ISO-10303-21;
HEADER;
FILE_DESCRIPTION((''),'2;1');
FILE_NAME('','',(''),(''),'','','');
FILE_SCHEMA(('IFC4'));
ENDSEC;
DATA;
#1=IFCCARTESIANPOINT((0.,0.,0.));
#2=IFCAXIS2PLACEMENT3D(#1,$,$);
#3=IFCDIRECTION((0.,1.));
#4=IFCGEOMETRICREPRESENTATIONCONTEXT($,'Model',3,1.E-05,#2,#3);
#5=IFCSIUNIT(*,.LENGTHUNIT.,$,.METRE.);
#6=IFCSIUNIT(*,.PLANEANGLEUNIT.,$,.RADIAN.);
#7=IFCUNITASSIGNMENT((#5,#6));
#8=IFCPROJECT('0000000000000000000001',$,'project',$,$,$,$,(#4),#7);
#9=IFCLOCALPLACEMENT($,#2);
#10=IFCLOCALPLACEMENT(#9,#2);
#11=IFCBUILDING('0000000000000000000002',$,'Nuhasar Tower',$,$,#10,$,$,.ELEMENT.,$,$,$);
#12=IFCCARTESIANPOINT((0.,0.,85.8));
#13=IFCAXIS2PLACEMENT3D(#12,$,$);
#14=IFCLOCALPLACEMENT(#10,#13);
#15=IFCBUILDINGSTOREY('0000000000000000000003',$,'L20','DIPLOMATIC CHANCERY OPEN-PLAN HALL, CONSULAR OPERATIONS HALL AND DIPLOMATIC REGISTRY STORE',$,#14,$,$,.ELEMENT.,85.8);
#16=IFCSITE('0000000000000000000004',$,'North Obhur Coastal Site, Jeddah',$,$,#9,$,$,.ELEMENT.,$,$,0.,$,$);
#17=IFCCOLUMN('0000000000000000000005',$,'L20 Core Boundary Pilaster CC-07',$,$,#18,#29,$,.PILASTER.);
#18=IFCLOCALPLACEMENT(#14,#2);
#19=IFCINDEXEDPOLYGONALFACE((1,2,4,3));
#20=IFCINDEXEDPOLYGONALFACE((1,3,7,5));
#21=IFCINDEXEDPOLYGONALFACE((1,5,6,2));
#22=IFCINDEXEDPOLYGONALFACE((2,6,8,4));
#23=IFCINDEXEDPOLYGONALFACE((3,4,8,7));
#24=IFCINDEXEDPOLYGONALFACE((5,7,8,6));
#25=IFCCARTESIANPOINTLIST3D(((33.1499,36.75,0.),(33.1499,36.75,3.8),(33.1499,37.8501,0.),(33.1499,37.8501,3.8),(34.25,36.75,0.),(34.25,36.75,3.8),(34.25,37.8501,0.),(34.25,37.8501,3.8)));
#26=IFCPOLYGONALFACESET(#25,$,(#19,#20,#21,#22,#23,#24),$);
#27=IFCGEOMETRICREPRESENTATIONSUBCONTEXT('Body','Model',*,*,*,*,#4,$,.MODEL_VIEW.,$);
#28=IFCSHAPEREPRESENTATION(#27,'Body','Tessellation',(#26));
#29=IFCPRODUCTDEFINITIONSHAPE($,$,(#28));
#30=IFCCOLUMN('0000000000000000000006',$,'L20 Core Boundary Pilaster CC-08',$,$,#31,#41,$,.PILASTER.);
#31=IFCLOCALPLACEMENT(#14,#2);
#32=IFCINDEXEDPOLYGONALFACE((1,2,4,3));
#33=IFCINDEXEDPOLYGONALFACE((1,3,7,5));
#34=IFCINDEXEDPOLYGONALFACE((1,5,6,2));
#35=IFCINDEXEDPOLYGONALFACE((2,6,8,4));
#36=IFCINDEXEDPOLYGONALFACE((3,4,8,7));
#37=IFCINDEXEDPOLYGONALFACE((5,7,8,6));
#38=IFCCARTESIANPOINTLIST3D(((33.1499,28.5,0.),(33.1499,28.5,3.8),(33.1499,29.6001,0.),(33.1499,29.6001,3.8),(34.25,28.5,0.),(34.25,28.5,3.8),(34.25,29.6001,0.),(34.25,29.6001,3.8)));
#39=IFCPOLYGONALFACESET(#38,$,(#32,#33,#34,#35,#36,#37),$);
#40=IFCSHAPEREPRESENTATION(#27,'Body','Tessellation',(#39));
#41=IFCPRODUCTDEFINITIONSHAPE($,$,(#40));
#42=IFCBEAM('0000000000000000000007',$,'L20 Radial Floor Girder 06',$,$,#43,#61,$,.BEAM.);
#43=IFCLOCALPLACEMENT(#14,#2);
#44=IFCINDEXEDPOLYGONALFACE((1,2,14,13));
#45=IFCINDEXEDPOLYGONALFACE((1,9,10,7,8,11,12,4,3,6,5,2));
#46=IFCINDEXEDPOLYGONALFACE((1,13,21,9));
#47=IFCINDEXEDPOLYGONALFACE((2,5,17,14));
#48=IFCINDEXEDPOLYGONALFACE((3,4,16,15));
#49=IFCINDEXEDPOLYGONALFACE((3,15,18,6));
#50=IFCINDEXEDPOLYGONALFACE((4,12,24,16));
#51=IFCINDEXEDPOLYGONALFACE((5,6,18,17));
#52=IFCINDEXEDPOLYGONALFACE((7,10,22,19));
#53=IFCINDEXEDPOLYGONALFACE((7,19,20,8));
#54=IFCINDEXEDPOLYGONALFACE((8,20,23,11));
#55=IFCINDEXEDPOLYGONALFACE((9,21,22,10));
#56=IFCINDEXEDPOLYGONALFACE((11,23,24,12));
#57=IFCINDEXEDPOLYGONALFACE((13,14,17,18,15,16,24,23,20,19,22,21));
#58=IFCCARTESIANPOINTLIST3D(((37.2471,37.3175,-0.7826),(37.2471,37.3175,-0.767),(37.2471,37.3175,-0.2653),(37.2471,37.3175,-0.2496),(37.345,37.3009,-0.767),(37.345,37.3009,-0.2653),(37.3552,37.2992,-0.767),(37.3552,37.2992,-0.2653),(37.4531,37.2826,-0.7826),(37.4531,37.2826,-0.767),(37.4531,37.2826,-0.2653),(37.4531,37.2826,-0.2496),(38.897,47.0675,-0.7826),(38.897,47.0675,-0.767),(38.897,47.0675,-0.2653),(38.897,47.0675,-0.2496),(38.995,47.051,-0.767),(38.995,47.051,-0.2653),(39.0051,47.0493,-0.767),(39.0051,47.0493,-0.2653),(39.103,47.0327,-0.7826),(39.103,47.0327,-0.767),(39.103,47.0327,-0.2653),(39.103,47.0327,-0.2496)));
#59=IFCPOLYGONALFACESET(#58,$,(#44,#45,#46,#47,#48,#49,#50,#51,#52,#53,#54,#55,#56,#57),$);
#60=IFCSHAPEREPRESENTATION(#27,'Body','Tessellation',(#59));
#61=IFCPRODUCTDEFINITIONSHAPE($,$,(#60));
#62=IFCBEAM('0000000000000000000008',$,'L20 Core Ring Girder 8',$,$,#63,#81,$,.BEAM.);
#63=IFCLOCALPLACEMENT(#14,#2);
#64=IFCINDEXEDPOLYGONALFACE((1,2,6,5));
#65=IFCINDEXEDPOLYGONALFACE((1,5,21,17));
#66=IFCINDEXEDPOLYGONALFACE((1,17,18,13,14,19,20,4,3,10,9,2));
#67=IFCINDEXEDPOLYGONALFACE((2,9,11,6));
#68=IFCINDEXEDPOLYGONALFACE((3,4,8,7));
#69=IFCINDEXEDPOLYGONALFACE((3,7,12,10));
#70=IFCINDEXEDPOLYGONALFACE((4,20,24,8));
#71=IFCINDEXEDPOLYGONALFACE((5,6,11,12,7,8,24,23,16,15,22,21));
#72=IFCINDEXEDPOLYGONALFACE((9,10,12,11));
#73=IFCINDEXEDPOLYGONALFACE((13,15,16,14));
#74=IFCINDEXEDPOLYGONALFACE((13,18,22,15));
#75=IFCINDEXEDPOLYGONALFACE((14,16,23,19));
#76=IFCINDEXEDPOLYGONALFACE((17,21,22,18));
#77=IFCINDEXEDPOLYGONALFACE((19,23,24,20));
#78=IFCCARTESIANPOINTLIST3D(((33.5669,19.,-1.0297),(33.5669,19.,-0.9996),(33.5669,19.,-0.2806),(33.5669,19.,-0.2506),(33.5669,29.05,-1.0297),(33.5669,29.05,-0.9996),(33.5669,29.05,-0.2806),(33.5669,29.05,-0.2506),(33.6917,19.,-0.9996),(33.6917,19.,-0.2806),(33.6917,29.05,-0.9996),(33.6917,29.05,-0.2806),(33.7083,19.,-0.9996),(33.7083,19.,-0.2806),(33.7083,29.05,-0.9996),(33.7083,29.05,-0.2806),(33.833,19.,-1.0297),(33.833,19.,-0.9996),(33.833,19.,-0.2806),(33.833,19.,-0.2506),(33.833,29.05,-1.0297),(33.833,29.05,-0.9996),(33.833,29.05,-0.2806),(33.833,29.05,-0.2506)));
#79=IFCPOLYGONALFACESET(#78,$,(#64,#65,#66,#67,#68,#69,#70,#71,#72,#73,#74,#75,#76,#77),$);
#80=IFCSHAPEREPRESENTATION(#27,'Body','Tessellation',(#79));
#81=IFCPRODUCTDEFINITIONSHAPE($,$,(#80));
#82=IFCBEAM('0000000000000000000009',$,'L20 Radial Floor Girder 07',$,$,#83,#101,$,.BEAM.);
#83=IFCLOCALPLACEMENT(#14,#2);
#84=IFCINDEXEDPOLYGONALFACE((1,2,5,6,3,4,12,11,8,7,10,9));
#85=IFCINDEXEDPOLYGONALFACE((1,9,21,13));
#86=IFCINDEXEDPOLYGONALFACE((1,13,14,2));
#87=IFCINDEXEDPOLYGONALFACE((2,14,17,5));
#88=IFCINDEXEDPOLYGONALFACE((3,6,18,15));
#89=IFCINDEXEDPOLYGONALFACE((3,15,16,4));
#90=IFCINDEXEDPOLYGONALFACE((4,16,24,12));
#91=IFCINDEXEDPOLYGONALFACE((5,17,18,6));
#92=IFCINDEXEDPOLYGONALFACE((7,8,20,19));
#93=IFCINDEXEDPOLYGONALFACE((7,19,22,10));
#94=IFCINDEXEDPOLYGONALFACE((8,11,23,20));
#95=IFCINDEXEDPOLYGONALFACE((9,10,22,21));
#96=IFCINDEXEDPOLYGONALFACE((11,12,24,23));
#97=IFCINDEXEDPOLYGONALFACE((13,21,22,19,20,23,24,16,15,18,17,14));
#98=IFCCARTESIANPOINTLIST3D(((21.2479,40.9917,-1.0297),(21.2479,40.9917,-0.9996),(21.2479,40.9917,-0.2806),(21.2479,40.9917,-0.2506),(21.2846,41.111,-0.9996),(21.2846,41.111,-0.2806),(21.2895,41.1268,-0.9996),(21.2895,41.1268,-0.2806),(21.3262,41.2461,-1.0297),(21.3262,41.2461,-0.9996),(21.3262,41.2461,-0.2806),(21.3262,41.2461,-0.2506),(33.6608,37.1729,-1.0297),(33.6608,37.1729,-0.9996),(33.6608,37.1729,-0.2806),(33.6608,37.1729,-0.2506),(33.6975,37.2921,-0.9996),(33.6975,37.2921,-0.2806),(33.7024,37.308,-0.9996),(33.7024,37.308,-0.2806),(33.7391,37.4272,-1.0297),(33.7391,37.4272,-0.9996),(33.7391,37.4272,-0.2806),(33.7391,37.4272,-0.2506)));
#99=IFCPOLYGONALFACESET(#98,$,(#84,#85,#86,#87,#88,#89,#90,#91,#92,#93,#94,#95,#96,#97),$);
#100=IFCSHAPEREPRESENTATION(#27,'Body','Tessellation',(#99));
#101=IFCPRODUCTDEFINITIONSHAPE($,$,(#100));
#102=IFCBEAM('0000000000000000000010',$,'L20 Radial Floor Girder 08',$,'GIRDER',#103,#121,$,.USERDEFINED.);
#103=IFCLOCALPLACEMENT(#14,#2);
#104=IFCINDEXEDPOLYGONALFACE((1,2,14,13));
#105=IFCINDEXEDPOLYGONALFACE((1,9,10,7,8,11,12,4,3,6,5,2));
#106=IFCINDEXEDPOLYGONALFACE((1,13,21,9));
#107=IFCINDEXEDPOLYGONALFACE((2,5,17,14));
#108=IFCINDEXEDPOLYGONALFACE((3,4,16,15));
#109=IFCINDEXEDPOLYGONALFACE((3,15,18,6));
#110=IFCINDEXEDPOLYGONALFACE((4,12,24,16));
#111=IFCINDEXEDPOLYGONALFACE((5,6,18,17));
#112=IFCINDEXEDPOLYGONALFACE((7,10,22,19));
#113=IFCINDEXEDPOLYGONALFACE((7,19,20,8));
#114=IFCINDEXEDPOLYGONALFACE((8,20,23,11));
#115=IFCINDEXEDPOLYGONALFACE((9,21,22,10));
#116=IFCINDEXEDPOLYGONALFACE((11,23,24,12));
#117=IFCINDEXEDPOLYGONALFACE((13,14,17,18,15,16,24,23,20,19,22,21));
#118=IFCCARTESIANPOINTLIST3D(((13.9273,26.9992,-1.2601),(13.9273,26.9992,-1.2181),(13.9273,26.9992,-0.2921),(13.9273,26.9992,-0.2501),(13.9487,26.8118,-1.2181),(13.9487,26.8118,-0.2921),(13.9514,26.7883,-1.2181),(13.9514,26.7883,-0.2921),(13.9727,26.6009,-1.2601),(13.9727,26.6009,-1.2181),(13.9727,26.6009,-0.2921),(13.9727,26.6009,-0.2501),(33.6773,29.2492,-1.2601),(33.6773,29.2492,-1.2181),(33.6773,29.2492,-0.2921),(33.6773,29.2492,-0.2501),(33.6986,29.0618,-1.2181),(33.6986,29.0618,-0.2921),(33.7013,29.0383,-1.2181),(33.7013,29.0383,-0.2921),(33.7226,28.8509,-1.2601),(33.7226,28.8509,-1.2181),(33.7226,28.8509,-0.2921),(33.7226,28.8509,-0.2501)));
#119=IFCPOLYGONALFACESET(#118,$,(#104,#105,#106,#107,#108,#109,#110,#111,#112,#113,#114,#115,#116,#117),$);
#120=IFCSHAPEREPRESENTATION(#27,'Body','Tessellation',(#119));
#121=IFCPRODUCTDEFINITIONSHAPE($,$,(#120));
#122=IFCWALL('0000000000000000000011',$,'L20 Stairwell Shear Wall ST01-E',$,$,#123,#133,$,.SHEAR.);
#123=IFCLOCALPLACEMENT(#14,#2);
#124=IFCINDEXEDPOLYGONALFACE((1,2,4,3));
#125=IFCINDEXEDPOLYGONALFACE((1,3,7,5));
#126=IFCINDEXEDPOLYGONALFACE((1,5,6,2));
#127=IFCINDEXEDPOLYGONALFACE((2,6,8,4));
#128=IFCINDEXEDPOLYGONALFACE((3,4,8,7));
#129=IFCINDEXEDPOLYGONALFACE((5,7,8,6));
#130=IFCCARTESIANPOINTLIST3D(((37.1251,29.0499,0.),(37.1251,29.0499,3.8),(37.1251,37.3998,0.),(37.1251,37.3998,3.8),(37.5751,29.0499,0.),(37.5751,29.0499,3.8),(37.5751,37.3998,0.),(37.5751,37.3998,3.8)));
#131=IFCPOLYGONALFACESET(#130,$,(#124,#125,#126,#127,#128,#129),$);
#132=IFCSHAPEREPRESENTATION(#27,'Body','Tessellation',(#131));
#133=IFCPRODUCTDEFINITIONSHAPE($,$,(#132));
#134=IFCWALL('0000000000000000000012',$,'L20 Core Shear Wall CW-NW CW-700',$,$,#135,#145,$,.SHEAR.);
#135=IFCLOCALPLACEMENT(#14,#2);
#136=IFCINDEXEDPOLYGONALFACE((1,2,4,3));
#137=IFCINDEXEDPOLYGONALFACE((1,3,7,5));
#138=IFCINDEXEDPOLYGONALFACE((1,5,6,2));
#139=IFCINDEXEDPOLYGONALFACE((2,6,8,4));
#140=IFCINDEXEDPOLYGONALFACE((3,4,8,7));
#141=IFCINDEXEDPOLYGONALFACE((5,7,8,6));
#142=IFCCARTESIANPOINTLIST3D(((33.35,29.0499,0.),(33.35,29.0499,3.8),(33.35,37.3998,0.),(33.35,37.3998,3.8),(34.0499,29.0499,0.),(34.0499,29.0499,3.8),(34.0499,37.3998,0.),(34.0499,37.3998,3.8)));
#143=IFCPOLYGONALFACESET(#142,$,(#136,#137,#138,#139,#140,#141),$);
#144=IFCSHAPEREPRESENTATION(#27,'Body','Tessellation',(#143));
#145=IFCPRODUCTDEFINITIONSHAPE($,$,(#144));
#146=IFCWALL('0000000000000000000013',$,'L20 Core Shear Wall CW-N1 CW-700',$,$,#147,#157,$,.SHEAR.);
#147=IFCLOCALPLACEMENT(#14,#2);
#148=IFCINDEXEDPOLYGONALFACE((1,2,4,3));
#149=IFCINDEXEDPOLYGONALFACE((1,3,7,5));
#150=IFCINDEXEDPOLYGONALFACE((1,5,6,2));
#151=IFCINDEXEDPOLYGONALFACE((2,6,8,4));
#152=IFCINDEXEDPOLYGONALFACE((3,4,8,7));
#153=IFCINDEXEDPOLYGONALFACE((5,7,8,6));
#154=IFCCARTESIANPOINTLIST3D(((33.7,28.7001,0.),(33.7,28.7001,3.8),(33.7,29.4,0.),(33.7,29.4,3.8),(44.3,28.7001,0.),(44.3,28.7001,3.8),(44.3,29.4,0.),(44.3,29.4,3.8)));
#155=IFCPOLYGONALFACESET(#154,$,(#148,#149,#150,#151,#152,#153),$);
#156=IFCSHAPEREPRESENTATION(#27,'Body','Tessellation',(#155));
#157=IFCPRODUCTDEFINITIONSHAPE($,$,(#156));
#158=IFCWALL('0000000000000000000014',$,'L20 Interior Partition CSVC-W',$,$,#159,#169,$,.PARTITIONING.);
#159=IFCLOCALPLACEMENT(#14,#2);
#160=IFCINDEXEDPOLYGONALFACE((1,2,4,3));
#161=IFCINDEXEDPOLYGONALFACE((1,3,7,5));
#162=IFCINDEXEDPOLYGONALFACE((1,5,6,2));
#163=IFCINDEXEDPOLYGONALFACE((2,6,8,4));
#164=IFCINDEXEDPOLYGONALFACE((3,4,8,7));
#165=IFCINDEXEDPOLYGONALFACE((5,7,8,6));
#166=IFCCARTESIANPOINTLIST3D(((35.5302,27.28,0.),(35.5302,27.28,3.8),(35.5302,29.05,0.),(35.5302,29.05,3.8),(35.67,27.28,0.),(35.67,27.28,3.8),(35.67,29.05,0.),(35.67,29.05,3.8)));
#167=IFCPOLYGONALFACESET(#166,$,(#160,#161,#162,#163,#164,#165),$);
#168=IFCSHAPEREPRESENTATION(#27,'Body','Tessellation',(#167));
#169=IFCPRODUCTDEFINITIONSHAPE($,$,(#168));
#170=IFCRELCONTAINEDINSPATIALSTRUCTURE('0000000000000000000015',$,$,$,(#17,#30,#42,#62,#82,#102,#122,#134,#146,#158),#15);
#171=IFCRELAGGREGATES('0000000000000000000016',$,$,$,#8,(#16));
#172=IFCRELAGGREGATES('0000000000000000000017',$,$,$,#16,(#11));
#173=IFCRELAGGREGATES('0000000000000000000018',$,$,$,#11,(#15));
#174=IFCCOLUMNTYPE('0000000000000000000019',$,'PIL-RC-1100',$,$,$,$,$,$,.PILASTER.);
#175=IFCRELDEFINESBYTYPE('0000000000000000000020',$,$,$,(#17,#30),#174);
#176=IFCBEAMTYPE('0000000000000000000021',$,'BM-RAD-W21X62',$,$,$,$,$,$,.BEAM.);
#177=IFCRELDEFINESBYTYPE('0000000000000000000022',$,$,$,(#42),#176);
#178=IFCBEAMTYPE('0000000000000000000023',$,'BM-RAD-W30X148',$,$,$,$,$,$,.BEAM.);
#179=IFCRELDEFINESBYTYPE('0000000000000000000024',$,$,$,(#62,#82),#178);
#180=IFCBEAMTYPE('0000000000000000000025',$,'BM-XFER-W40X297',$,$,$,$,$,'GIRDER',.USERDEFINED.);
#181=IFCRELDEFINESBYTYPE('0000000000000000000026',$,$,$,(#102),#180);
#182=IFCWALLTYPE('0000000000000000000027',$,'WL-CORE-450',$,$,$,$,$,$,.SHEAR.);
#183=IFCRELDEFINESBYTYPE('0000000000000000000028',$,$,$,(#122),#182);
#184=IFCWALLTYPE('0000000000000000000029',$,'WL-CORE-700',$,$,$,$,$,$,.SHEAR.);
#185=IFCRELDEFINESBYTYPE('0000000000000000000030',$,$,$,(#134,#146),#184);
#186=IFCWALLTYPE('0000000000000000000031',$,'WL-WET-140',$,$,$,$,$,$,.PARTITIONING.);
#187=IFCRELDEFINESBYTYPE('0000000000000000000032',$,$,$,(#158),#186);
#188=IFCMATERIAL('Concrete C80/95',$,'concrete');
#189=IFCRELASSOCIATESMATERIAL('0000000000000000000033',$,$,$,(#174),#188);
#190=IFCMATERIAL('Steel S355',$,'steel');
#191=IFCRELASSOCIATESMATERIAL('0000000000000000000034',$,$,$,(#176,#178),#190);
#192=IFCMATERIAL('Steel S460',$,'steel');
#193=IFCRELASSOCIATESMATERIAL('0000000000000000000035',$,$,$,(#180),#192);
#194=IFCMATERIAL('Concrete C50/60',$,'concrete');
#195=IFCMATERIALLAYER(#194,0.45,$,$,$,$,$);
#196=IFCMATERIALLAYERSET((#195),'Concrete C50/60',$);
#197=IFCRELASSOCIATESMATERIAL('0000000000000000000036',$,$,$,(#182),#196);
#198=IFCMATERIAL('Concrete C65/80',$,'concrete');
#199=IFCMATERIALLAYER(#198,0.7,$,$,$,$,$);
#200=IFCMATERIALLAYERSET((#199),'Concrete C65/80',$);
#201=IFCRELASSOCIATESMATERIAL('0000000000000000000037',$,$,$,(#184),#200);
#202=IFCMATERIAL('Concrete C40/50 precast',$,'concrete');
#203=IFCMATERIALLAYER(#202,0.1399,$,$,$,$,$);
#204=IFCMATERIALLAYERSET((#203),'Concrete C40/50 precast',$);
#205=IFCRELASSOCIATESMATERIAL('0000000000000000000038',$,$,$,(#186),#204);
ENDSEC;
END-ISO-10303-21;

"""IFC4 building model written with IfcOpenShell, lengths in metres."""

from ifc_helpers import new_model, si_unit, direction, frame, frame_2d, origin, origin_2d, place, context, subcontext, project, spatial, rectangle, i_section, extrude, material, layer, layer_set, material_profile, profile_set, type_object, element, save


model = new_model("IFC4")

# Units and contexts
model_context = context("Model", 3, precision=1e-05, world=origin(), true_north=direction((0.0, 1.0)))
body_context = subcontext(model_context, "Body", "Model", "MODEL_VIEW")
ifc_project = project(units=[si_unit("LENGTHUNIT", "METRE"), si_unit("PLANEANGLEUNIT", "RADIAN")], contexts=[model_context])

# Site, building, storey
site_placement = place(None, origin())
site = spatial("IfcSite", under=ifc_project, at=site_placement, Name="North Obhur Coastal Site, Jeddah", CompositionType="ELEMENT", RefElevation=0.0)
building_placement = place(site_placement, origin())
building = spatial("IfcBuilding", under=site, at=building_placement, Name="Nuhasar Tower", CompositionType="ELEMENT")
storey_placement = place(building_placement, frame((0.0, 0.0, 85.8)))
storey = spatial("IfcBuildingStorey", under=building, at=storey_placement, Name="L20", Description="DIPLOMATIC CHANCERY OPEN-PLAN HALL, CONSULAR OPERATIONS HALL AND DIPLOMATIC REGISTRY STORE", CompositionType="ELEMENT", Elevation=85.8)

# Columns
ifc_material_1 = material(Name="Concrete C80/95", Category="concrete")
ifc_material_profile_1 = material_profile(ifc_material_1, rectangle(XDim=1.1001, YDim=1.1001, at=origin_2d()), Name="RC1100X1100")
ifc_profile_set_1 = profile_set([ifc_material_profile_1], Name="Concrete C80/95")
column_type = type_object("IfcColumnType", Name="PIL-RC-1100", PredefinedType="PILASTER", material=ifc_profile_set_1)
for number, where, z_axis, x_axis, name in (
    (1, (33.7, 37.3, 0.0), (0.0, 0.0, 1.0), (1.0, 0.0, 0.0), "L20 Core Boundary Pilaster CC-07"),
    (2, (33.7, 29.05, 0.0), (0.0, 0.0, 1.0), (1.0, 0.0, 0.0), "L20 Core Boundary Pilaster CC-08"),
):
    element("IfcColumn", number, at=place(storey_placement, frame(where, z_axis=z_axis, x_axis=x_axis)), inside=storey, type_object=column_type, Name=name, PredefinedType="PILASTER", context=body_context, shape_type="SweptSolid", body=[
        extrude(rectangle(XDim=1.1001, YDim=1.1001, at=origin_2d()), origin(), (0.0, 0.0, 1.0), 3.8),
    ])

# Beams
ifc_material_2 = material(Name="Steel S355", Category="steel")
ifc_material_profile_2 = material_profile(ifc_material_2, i_section(OverallWidth=0.209, OverallDepth=0.533, WebThickness=0.0103, FlangeThickness=0.0156, at=origin_2d()), Name="W21X62")
ifc_profile_set_2 = profile_set([ifc_material_profile_2], Name="Steel S355")
beam_type_1 = type_object("IfcBeamType", Name="BM-RAD-W21X62", PredefinedType="BEAM", material=ifc_profile_set_2)
beam_1_placement = place(storey_placement, frame((37.3501, 37.3, -0.5161), z_axis=(0.166849, 0.985983, 0.0), x_axis=(-0.985983, 0.166849, 0.0)))
element("IfcBeam", 3, at=beam_1_placement, inside=storey, type_object=beam_type_1, Name="L20 Radial Floor Girder 06", PredefinedType="BEAM", context=body_context, shape_type="SweptSolid", body=[
    extrude(i_section(OverallWidth=0.209, OverallDepth=0.533, WebThickness=0.0103, FlangeThickness=0.0156, at=origin_2d()), origin(), (0.0, 0.0, 1.0), 9.8887),
])
ifc_material_profile_3 = material_profile(ifc_material_2, i_section(OverallWidth=0.2661, OverallDepth=0.7791, WebThickness=0.0166, FlangeThickness=0.03, at=origin_2d()), Name="W30X148")
ifc_profile_set_3 = profile_set([ifc_material_profile_3], Name="Steel S355")
beam_type_2 = type_object("IfcBeamType", Name="BM-RAD-W30X148", PredefinedType="BEAM", material=ifc_profile_set_3)
beam_2_placement = place(storey_placement, frame((33.7, 29.05, -0.6401), z_axis=(0.0, -1.0, 0.0), x_axis=(1.0, 0.0, 0.0)))
element("IfcBeam", 4, at=beam_2_placement, inside=storey, type_object=beam_type_2, Name="L20 Core Ring Girder 8", PredefinedType="BEAM", context=body_context, shape_type="SweptSolid", body=[
    extrude(i_section(OverallWidth=0.2661, OverallDepth=0.7791, WebThickness=0.0166, FlangeThickness=0.03, at=origin_2d()), origin(), (0.0, 0.0, 1.0), 10.05),
])
beam_3_placement = place(storey_placement, frame((33.7, 37.3, -0.6401), z_axis=(-0.95579, 0.294052, 0.0), x_axis=(-0.294052, -0.95579, 0.0)))
element("IfcBeam", 5, at=beam_3_placement, inside=storey, type_object=beam_type_2, Name="L20 Radial Floor Girder 07", PredefinedType="BEAM", context=body_context, shape_type="SweptSolid", body=[
    extrude(i_section(OverallWidth=0.2661, OverallDepth=0.7791, WebThickness=0.0166, FlangeThickness=0.03, at=origin_2d()), origin(), (0.0, 0.0, 1.0), 12.9871),
])
ifc_material_3 = material(Name="Steel S460", Category="steel")
ifc_material_profile_4 = material_profile(ifc_material_3, i_section(OverallWidth=0.4009, OverallDepth=1.01, WebThickness=0.0237, FlangeThickness=0.042, at=origin_2d()), Name="W40X297")
ifc_profile_set_4 = profile_set([ifc_material_profile_4], Name="Steel S460")
beam_type_3 = type_object("IfcBeamType", Name="BM-XFER-W40X297", ElementType="GIRDER", PredefinedType="USERDEFINED", material=ifc_profile_set_4)
beam_4_placement = place(storey_placement, frame((33.7, 29.05, -0.7551), z_axis=(-0.993573, -0.113192, 0.0), x_axis=(0.113192, -0.993573, 0.0)))
element("IfcBeam", 6, at=beam_4_placement, inside=storey, type_object=beam_type_3, Name="L20 Radial Floor Girder 08", ObjectType="GIRDER", PredefinedType="USERDEFINED", context=body_context, shape_type="SweptSolid", body=[
    extrude(i_section(OverallWidth=0.4009, OverallDepth=1.01, WebThickness=0.0237, FlangeThickness=0.042, at=origin_2d()), origin(), (0.0, 0.0, 1.0), 19.8777),
])

# Walls
ifc_material_4 = material(Name="Concrete C50/60", Category="concrete")
ifc_layer_1 = layer(ifc_material_4, 0.45)
ifc_layer_set_1 = layer_set([ifc_layer_1], Name="Concrete C50/60")
wall_type_1 = type_object("IfcWallType", Name="WL-CORE-450", PredefinedType="SHEAR", material=ifc_layer_set_1)
wall_1_placement = place(storey_placement, frame((37.3501, 29.05, 0.0), z_axis=(0.0, 0.0, 1.0), x_axis=(0.0, 1.0, 0.0)))
element("IfcWall", 7, at=wall_1_placement, inside=storey, type_object=wall_type_1, Name="L20 Stairwell Shear Wall ST01-E", PredefinedType="SHEAR", context=body_context, shape_type="SweptSolid", body=[
    extrude(rectangle(XDim=8.3499, YDim=0.45, at=frame_2d((4.1748, 0.0))), origin(), (0.0, 0.0, 1.0), 3.8),
])
ifc_material_5 = material(Name="Concrete C65/80", Category="concrete")
ifc_layer_2 = layer(ifc_material_5, 0.7)
ifc_layer_set_2 = layer_set([ifc_layer_2], Name="Concrete C65/80")
wall_type_2 = type_object("IfcWallType", Name="WL-CORE-700", PredefinedType="SHEAR", material=ifc_layer_set_2)
wall_2_placement = place(storey_placement, frame((33.7, 29.05, 0.0), z_axis=(0.0, 0.0, 1.0), x_axis=(0.0, 1.0, 0.0)))
element("IfcWall", 8, at=wall_2_placement, inside=storey, type_object=wall_type_2, Name="L20 Core Shear Wall CW-NW CW-700", PredefinedType="SHEAR", context=body_context, shape_type="SweptSolid", body=[
    extrude(rectangle(XDim=8.3499, YDim=0.7, at=frame_2d((4.1748, 0.0))), origin(), (0.0, 0.0, 1.0), 3.8),
])
wall_3_placement = place(storey_placement, frame((33.7, 29.05, 0.0), z_axis=(0.0, 0.0, 1.0), x_axis=(1.0, 0.0, 0.0)))
element("IfcWall", 9, at=wall_3_placement, inside=storey, type_object=wall_type_2, Name="L20 Core Shear Wall CW-N1 CW-700", PredefinedType="SHEAR", context=body_context, shape_type="SweptSolid", body=[
    extrude(rectangle(XDim=10.6001, YDim=0.7, at=frame_2d((5.3, 0.0))), origin(), (0.0, 0.0, 1.0), 3.8),
])
ifc_material_6 = material(Name="Concrete C40/50 precast", Category="concrete")
ifc_layer_3 = layer(ifc_material_6, 0.1399)
ifc_layer_set_3 = layer_set([ifc_layer_3], Name="Concrete C40/50 precast")
wall_type_3 = type_object("IfcWallType", Name="WL-WET-140", PredefinedType="PARTITIONING", material=ifc_layer_set_3)
wall_4_placement = place(storey_placement, frame((35.6001, 27.28, 0.0), z_axis=(0.0, 0.0, 1.0), x_axis=(0.0, 1.0, 0.0)))
element("IfcWall", 10, at=wall_4_placement, inside=storey, type_object=wall_type_3, Name="L20 Interior Partition CSVC-W", PredefinedType="PARTITIONING", context=body_context, shape_type="SweptSolid", body=[
    extrude(rectangle(XDim=1.77, YDim=0.1399, at=frame_2d((0.885, 0.0))), origin(), (0.0, 0.0, 1.0), 3.8),
])

save(model, "model.ifc")
